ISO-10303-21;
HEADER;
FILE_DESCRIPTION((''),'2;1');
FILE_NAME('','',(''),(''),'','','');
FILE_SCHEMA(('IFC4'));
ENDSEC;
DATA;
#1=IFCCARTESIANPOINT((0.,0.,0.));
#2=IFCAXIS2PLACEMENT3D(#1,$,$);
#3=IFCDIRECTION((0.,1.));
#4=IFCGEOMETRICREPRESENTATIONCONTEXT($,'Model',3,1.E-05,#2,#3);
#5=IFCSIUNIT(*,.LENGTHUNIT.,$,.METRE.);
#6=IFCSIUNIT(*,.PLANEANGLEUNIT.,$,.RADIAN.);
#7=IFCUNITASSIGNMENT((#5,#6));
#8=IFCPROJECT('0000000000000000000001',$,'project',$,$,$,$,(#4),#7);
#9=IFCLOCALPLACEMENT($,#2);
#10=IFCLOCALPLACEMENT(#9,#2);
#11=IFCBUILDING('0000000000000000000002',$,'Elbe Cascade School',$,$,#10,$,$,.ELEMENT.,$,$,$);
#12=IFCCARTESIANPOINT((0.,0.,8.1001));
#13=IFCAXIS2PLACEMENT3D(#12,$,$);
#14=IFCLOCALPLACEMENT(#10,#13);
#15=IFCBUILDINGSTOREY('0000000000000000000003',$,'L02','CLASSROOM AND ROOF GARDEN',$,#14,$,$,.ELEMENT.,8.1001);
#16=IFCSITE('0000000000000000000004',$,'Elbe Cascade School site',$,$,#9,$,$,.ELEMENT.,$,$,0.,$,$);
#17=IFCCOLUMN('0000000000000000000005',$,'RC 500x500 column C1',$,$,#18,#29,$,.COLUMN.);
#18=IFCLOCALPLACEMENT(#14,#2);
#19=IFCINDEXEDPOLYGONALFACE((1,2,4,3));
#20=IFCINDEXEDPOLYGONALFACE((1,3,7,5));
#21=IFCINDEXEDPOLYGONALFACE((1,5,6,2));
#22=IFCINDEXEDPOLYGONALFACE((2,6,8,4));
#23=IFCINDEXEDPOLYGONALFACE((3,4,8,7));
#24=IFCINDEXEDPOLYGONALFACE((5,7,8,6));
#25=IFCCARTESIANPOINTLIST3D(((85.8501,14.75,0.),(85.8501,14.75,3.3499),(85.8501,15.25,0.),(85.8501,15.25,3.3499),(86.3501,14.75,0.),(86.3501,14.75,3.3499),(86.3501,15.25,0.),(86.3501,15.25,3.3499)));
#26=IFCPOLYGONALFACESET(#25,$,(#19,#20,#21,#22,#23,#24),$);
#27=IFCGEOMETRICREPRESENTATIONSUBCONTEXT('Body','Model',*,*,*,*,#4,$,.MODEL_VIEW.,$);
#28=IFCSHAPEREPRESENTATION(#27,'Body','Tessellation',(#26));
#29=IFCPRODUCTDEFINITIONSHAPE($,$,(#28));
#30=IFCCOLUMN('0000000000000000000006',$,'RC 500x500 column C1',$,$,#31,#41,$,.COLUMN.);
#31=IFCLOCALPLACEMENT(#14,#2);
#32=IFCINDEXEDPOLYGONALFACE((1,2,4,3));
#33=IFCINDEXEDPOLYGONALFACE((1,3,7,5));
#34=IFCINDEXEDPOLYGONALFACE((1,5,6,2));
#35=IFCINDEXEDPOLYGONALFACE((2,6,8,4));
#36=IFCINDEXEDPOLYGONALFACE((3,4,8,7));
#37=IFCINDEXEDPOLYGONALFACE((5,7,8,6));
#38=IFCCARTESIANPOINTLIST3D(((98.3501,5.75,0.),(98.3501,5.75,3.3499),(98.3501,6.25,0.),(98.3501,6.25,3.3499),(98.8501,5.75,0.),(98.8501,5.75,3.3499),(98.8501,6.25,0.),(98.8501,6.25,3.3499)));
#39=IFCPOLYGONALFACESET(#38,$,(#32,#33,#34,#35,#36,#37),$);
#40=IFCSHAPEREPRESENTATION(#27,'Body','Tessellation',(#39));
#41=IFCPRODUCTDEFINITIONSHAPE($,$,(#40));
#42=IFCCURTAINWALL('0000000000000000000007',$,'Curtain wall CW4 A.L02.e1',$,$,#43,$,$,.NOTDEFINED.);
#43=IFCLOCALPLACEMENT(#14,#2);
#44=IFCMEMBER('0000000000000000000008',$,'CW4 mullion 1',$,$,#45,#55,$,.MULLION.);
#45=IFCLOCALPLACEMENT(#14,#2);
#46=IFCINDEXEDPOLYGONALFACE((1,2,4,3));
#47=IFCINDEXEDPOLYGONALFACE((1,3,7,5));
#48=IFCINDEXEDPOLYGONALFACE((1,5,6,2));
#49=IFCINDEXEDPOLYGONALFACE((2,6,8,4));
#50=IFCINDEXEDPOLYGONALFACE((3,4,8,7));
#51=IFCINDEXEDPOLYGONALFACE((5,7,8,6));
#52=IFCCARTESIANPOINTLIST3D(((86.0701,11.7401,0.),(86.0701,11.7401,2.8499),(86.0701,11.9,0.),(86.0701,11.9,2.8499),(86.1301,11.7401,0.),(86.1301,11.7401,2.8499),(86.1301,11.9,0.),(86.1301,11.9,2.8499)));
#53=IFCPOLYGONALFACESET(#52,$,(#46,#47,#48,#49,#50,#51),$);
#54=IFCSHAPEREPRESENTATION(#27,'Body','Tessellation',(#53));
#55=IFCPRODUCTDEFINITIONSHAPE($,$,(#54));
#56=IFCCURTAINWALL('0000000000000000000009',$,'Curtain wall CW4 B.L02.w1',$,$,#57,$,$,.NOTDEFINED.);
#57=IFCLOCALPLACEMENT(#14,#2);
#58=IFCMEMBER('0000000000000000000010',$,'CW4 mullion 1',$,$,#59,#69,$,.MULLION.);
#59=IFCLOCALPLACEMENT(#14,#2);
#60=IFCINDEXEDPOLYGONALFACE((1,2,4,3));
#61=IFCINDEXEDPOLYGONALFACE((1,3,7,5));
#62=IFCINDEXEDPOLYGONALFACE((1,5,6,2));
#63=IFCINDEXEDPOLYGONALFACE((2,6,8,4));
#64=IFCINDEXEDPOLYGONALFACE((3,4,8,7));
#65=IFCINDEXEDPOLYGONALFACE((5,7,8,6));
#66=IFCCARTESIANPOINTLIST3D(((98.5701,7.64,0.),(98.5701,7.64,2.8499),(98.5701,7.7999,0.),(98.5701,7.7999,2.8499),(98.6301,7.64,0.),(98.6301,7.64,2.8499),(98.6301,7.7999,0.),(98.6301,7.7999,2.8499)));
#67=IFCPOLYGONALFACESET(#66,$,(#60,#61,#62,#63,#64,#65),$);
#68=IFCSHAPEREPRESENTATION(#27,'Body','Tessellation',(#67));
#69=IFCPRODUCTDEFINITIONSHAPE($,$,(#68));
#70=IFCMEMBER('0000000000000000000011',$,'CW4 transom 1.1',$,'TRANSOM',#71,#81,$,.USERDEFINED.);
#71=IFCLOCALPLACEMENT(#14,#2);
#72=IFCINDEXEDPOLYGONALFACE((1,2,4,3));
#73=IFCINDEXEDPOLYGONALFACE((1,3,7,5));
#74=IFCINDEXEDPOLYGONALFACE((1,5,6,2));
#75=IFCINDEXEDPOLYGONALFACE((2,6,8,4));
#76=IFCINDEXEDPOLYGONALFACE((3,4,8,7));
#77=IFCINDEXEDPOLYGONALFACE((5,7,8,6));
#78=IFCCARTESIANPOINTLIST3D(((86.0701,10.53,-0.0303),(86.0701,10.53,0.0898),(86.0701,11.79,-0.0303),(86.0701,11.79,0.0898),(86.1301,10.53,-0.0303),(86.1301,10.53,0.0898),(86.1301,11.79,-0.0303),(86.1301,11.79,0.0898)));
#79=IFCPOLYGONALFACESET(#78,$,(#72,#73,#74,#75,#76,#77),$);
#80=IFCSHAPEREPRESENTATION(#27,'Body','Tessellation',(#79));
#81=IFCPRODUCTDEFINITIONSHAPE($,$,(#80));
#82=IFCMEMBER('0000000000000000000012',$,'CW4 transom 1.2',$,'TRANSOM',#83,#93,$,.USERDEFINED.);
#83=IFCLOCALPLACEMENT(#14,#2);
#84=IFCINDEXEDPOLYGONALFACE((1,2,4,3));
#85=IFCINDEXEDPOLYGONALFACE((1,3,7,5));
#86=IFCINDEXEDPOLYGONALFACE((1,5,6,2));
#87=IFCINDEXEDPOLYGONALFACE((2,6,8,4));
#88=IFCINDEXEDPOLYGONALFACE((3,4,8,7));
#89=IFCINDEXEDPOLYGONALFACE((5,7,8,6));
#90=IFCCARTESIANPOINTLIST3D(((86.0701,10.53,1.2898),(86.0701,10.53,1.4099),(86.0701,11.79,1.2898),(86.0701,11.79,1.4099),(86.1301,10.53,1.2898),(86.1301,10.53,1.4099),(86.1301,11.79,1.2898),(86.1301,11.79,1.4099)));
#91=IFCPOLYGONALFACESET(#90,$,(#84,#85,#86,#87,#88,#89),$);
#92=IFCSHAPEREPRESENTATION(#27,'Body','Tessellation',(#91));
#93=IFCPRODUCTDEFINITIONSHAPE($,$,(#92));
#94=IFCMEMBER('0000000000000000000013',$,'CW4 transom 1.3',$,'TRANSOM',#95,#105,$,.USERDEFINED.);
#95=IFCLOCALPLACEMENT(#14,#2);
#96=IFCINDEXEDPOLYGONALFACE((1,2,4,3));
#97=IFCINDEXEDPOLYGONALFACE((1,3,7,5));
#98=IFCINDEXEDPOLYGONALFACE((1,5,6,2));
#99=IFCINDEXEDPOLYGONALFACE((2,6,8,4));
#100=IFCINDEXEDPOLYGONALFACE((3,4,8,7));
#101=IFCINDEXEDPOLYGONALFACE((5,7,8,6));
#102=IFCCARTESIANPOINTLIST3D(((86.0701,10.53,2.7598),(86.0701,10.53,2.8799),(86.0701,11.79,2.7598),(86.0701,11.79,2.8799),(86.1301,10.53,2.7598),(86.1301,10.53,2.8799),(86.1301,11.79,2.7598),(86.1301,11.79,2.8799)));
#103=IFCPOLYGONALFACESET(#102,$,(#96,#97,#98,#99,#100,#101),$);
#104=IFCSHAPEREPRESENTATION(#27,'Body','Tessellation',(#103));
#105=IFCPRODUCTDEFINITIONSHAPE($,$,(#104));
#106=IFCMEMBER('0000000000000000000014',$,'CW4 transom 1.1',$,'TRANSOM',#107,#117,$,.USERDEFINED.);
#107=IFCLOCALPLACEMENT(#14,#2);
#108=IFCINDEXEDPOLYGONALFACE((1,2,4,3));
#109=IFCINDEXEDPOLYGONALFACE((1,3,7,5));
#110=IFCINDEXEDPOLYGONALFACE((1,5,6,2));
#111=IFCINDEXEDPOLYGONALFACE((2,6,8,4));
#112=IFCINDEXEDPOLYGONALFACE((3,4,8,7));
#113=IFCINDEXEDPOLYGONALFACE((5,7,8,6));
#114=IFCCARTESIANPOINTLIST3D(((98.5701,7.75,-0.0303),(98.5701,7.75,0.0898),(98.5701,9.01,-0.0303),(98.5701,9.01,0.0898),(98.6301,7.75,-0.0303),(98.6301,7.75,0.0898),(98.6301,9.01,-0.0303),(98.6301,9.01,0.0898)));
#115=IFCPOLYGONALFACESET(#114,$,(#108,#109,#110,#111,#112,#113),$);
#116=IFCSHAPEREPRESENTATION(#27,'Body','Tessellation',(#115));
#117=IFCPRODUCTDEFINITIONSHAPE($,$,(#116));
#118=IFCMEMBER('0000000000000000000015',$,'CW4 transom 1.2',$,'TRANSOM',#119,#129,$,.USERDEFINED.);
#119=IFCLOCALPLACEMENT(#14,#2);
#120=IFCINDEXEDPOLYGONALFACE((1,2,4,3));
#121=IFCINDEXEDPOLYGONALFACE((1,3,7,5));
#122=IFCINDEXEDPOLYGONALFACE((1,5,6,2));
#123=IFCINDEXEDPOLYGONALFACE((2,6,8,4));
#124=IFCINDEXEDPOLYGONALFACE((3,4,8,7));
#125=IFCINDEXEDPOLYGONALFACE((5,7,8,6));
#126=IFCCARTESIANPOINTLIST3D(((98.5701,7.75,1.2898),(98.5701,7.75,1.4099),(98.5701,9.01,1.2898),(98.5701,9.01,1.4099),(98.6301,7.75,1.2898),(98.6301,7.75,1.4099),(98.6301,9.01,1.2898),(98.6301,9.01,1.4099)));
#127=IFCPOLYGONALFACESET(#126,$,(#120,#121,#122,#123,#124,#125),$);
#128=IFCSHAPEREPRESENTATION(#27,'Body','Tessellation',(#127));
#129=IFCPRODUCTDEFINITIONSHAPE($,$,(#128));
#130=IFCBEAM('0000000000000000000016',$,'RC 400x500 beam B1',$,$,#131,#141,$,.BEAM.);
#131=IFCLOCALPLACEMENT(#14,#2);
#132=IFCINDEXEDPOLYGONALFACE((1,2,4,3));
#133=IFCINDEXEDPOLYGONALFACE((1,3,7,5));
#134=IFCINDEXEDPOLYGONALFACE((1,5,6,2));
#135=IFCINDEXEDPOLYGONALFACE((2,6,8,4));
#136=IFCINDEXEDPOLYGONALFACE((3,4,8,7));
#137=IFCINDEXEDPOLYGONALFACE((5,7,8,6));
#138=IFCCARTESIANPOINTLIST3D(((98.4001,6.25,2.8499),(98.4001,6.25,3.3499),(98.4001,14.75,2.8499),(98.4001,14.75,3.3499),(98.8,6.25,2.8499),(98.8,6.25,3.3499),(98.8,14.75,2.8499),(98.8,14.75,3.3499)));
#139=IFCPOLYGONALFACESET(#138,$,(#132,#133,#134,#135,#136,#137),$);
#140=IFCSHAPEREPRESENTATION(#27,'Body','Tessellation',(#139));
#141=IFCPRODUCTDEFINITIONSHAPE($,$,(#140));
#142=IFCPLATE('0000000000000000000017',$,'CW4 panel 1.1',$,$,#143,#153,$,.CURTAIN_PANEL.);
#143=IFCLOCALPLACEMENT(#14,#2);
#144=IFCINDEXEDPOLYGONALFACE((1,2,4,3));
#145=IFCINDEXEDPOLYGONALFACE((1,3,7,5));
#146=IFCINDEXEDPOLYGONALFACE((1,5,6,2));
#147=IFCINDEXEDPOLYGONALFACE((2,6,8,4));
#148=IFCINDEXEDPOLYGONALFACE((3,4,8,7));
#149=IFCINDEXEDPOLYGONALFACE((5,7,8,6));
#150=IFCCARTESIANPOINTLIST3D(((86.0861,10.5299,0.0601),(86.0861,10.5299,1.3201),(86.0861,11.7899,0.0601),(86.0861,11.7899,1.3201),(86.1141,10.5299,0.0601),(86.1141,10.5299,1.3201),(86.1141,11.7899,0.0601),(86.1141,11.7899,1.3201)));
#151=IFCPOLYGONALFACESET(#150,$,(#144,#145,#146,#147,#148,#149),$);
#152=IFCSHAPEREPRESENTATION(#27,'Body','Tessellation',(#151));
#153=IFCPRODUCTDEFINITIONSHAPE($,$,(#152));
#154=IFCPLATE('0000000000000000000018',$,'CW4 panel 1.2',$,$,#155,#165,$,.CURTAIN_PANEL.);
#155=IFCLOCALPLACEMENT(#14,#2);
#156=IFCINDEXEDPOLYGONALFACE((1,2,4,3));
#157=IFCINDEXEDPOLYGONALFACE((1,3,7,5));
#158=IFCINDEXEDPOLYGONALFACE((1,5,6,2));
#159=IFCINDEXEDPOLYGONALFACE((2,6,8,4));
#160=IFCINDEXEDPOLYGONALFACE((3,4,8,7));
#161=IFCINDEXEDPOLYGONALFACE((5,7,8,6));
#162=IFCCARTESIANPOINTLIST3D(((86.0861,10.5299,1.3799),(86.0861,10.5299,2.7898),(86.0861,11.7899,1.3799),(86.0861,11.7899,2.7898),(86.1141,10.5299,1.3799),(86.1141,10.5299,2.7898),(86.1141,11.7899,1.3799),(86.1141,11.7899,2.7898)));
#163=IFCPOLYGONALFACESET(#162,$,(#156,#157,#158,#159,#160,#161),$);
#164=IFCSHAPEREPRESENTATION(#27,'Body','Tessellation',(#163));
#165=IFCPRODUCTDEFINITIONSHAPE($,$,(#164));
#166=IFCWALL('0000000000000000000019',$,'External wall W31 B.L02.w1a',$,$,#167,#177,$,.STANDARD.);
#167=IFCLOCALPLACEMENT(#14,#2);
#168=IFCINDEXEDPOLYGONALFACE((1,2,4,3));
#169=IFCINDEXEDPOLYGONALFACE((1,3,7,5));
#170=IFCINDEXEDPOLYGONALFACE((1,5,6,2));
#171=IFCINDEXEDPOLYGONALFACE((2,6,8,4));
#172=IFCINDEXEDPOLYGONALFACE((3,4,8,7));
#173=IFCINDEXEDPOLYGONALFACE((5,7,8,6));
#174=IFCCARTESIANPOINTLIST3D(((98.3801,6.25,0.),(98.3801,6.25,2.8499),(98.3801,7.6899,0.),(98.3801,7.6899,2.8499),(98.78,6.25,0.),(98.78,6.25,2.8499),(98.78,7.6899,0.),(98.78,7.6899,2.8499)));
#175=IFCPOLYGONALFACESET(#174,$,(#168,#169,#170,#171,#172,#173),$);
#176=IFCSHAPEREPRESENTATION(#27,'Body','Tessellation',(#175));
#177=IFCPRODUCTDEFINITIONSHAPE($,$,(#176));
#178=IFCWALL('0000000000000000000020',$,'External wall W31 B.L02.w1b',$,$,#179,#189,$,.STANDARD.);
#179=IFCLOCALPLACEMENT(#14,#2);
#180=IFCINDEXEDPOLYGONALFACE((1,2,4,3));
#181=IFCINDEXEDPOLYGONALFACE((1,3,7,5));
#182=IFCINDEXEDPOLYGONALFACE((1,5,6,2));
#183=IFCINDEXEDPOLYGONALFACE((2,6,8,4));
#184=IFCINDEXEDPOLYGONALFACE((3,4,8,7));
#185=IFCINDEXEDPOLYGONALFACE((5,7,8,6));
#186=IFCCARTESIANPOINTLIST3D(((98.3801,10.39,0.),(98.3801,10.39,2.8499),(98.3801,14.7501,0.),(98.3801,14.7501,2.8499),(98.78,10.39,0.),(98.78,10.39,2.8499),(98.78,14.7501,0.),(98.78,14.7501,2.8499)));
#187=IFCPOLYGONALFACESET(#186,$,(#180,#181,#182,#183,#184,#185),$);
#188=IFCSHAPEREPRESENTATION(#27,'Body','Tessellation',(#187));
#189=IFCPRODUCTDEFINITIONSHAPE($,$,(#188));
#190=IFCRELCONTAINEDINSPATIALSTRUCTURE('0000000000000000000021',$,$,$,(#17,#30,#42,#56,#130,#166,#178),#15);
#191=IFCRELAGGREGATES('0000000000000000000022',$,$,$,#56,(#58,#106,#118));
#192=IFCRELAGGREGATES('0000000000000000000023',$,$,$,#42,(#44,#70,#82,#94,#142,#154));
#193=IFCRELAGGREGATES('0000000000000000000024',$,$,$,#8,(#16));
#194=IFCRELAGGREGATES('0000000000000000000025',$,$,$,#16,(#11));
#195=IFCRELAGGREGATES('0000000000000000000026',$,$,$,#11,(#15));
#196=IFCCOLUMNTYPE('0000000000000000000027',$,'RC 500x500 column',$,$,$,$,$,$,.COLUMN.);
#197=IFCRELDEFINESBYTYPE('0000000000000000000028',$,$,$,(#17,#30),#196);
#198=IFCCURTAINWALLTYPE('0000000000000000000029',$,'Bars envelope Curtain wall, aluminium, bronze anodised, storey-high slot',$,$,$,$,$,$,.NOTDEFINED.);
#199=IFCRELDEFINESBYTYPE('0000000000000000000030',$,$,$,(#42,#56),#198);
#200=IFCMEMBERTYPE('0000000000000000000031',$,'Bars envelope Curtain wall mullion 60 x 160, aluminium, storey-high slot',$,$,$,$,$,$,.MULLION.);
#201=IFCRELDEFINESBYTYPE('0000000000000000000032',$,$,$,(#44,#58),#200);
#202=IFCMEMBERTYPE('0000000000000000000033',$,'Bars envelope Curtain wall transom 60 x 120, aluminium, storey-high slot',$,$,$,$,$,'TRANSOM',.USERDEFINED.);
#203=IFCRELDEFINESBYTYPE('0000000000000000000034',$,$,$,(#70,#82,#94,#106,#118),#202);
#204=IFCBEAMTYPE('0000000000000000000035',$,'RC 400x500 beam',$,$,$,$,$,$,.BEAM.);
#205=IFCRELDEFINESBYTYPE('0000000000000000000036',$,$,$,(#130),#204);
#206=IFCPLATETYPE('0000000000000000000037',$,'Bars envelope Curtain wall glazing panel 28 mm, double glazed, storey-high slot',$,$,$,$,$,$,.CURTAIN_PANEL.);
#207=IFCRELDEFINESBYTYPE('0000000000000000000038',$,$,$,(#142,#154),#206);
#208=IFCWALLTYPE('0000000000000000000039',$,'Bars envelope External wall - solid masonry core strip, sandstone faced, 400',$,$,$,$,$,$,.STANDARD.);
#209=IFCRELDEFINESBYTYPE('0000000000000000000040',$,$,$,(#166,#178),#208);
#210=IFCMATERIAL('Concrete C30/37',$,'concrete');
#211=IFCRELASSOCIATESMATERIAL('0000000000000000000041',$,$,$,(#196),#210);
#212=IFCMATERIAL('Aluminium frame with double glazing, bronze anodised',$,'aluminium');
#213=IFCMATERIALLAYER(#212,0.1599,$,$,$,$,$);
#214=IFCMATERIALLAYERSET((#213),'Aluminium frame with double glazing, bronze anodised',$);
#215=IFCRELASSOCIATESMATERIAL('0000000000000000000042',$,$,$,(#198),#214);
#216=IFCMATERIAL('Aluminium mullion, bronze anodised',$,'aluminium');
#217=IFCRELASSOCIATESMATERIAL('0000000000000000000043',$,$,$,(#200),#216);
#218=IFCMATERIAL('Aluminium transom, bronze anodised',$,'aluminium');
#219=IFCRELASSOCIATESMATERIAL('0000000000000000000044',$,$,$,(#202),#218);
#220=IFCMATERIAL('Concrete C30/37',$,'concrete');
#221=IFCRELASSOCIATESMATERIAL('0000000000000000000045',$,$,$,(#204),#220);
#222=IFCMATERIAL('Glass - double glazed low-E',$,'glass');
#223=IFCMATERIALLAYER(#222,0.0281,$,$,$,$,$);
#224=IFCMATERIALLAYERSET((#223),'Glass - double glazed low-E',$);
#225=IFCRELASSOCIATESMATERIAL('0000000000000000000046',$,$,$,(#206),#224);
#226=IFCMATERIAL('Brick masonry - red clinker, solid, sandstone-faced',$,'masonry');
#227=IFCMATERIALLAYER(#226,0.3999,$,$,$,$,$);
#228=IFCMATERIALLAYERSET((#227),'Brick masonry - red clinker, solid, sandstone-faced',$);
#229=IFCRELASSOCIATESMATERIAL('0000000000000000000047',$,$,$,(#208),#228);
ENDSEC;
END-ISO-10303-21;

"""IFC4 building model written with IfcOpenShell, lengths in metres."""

from ifc_helpers import new_model, si_unit, direction, frame, frame_2d, origin, origin_2d, place, context, subcontext, project, spatial, rectangle, extrude, material, layer, layer_set, material_profile, profile_set, type_object, element, aggregate, save


model = new_model("IFC4")

# Units and contexts
model_context = context("Model", 3, precision=1e-05, world=origin(), true_north=direction((0.0, 1.0)))
body_context = subcontext(model_context, "Body", "Model", "MODEL_VIEW")
ifc_project = project(units=[si_unit("LENGTHUNIT", "METRE"), si_unit("PLANEANGLEUNIT", "RADIAN")], contexts=[model_context])

# Site, building, storey
site_placement = place(None, origin())
site = spatial("IfcSite", under=ifc_project, at=site_placement, Name="Elbe Cascade School site", CompositionType="ELEMENT", RefElevation=0.0)
building_placement = place(site_placement, origin())
building = spatial("IfcBuilding", under=site, at=building_placement, Name="Elbe Cascade School", CompositionType="ELEMENT")
storey_placement = place(building_placement, frame((0.0, 0.0, 8.1001)))
storey = spatial("IfcBuildingStorey", under=building, at=storey_placement, Name="L02", Description="CLASSROOM AND ROOF GARDEN", CompositionType="ELEMENT", Elevation=8.1001)

# Columns
ifc_material_1 = material(Name="Concrete C30/37", Category="concrete")
ifc_material_profile_1 = material_profile(ifc_material_1, rectangle(XDim=0.5, YDim=0.5, at=origin_2d()), Name="RC 500x500")
ifc_profile_set_1 = profile_set([ifc_material_profile_1], Name="Concrete C30/37")
column_type = type_object("IfcColumnType", Name="RC 500x500 column", PredefinedType="COLUMN", material=ifc_profile_set_1)
for number, where, z_axis, x_axis, name in (
    (1, (86.1001, 15.0, 0.0), (0.0, 0.0, 1.0), (1.0, 0.0, 0.0), "RC 500x500 column C1"),
    (2, (98.6001, 6.0, 0.0), (0.0, 0.0, 1.0), (1.0, 0.0, 0.0), "RC 500x500 column C1"),
):
    element("IfcColumn", number, at=place(storey_placement, frame(where, z_axis=z_axis, x_axis=x_axis)), inside=storey, type_object=column_type, Name=name, PredefinedType="COLUMN", context=body_context, shape_type="SweptSolid", body=[
        extrude(rectangle(XDim=0.5, YDim=0.5, at=origin_2d()), origin(), (0.0, 0.0, 1.0), 3.3499),
    ])

# Curtain walls, members
ifc_material_2 = material(Name="Aluminium frame with double glazing, bronze anodised", Category="aluminium")
ifc_layer_1 = layer(ifc_material_2, 0.1599)
ifc_layer_set_1 = layer_set([ifc_layer_1], Name="Aluminium frame with double glazing, bronze anodised")
curtain_wall_type = type_object("IfcCurtainWallType", Name="Bars envelope Curtain wall, aluminium, bronze anodised, storey-high slot", PredefinedType="NOTDEFINED", material=ifc_layer_set_1)
curtain_wall_1_placement = place(storey_placement, origin())
curtain_wall_1 = element("IfcCurtainWall", 3, at=curtain_wall_1_placement, inside=storey, type_object=curtain_wall_type, Name="Curtain wall CW4 A.L02.e1", PredefinedType="NOTDEFINED")
ifc_material_3 = material(Name="Aluminium mullion, bronze anodised", Category="aluminium")
ifc_material_profile_2 = material_profile(ifc_material_3, rectangle(XDim=0.0601, YDim=0.1599, at=origin_2d()), Name="Bars envelope Curtain wall mullion 60 x 160, aluminium, storey-high slot")
ifc_profile_set_2 = profile_set([ifc_material_profile_2], Name="Aluminium mullion, bronze anodised")
member_type_1 = type_object("IfcMemberType", Name="Bars envelope Curtain wall mullion 60 x 160, aluminium, storey-high slot", PredefinedType="MULLION", material=ifc_profile_set_2)
member_1_placement = place(storey_placement, frame((86.1001, 11.8201, 0.0), z_axis=(0.0, 0.0, 1.0), x_axis=(1.0, 0.0, 0.0)))
member_1 = element("IfcMember", 4, at=member_1_placement, type_object=member_type_1, Name="CW4 mullion 1", PredefinedType="MULLION", context=body_context, shape_type="SweptSolid", body=[
    extrude(rectangle(XDim=0.0601, YDim=0.1599, at=origin_2d()), origin(), (0.0, 0.0, 1.0), 2.8499),
])
curtain_wall_2_placement = place(storey_placement, origin())
curtain_wall_2 = element("IfcCurtainWall", 5, at=curtain_wall_2_placement, inside=storey, type_object=curtain_wall_type, Name="Curtain wall CW4 B.L02.w1", PredefinedType="NOTDEFINED")
member_2_placement = place(storey_placement, frame((98.6001, 7.72, 0.0), z_axis=(0.0, 0.0, 1.0), x_axis=(-1.0, 0.0, 0.0)))
member_2 = element("IfcMember", 6, at=member_2_placement, type_object=member_type_1, Name="CW4 mullion 1", PredefinedType="MULLION", context=body_context, shape_type="SweptSolid", body=[
    extrude(rectangle(XDim=0.0601, YDim=0.1599, at=origin_2d()), origin(), (0.0, 0.0, 1.0), 2.8499),
])

# Members
ifc_material_4 = material(Name="Aluminium transom, bronze anodised", Category="aluminium")
ifc_material_profile_3 = material_profile(ifc_material_4, rectangle(XDim=0.0601, YDim=0.1201, at=origin_2d()), Name="Bars envelope Curtain wall transom 60 x 120, aluminium, storey-high slot")
ifc_profile_set_3 = profile_set([ifc_material_profile_3], Name="Aluminium transom, bronze anodised")
member_type_2 = type_object("IfcMemberType", Name="Bars envelope Curtain wall transom 60 x 120, aluminium, storey-high slot", ElementType="TRANSOM", PredefinedType="USERDEFINED", material=ifc_profile_set_3)
member_3_placement = place(storey_placement, frame((86.1001, 11.79, 0.0298), z_axis=(0.0, -1.0, 0.0), x_axis=(1.0, 0.0, 0.0)))
member_3 = element("IfcMember", 7, at=member_3_placement, type_object=member_type_2, Name="CW4 transom 1.1", ObjectType="TRANSOM", PredefinedType="USERDEFINED", context=body_context, shape_type="SweptSolid", body=[
    extrude(rectangle(XDim=0.0601, YDim=0.1201, at=origin_2d()), origin(), (0.0, 0.0, 1.0), 1.26),
])
member_4_placement = place(storey_placement, frame((86.1001, 11.79, 1.3499), z_axis=(0.0, -1.0, 0.0), x_axis=(1.0, 0.0, 0.0)))
member_4 = element("IfcMember", 8, at=member_4_placement, type_object=member_type_2, Name="CW4 transom 1.2", ObjectType="TRANSOM", PredefinedType="USERDEFINED", context=body_context, shape_type="SweptSolid", body=[
    extrude(rectangle(XDim=0.0601, YDim=0.1201, at=origin_2d()), origin(), (0.0, 0.0, 1.0), 1.26),
])
member_5_placement = place(storey_placement, frame((86.1001, 11.79, 2.8198), z_axis=(0.0, -1.0, 0.0), x_axis=(1.0, 0.0, 0.0)))
member_5 = element("IfcMember", 9, at=member_5_placement, type_object=member_type_2, Name="CW4 transom 1.3", ObjectType="TRANSOM", PredefinedType="USERDEFINED", context=body_context, shape_type="SweptSolid", body=[
    extrude(rectangle(XDim=0.0601, YDim=0.1201, at=origin_2d()), origin(), (0.0, 0.0, 1.0), 1.26),
])
member_6_placement = place(storey_placement, frame((98.6001, 7.75, 0.0298), z_axis=(0.0, 1.0, 0.0), x_axis=(-1.0, 0.0, 0.0)))
member_6 = element("IfcMember", 10, at=member_6_placement, type_object=member_type_2, Name="CW4 transom 1.1", ObjectType="TRANSOM", PredefinedType="USERDEFINED", context=body_context, shape_type="SweptSolid", body=[
    extrude(rectangle(XDim=0.0601, YDim=0.1201, at=origin_2d()), origin(), (0.0, 0.0, 1.0), 1.26),
])
member_7_placement = place(storey_placement, frame((98.6001, 7.75, 1.3499), z_axis=(0.0, 1.0, 0.0), x_axis=(-1.0, 0.0, 0.0)))
member_7 = element("IfcMember", 11, at=member_7_placement, type_object=member_type_2, Name="CW4 transom 1.2", ObjectType="TRANSOM", PredefinedType="USERDEFINED", context=body_context, shape_type="SweptSolid", body=[
    extrude(rectangle(XDim=0.0601, YDim=0.1201, at=origin_2d()), origin(), (0.0, 0.0, 1.0), 1.26),
])
aggregate(curtain_wall_2, [member_2, member_6, member_7])

# Beam
ifc_material_5 = material(Name="Concrete C30/37", Category="concrete")
ifc_material_profile_4 = material_profile(ifc_material_5, rectangle(XDim=0.3999, YDim=0.5, at=origin_2d()), Name="RC 400x500")
ifc_profile_set_4 = profile_set([ifc_material_profile_4], Name="Concrete C30/37")
beam_type = type_object("IfcBeamType", Name="RC 400x500 beam", PredefinedType="BEAM", material=ifc_profile_set_4)
beam_placement = place(storey_placement, frame((98.6001, 6.25, 3.0999), z_axis=(0.0, 1.0, 0.0), x_axis=(-1.0, 0.0, 0.0)))
element("IfcBeam", 12, at=beam_placement, inside=storey, type_object=beam_type, Name="RC 400x500 beam B1", PredefinedType="BEAM", context=body_context, shape_type="SweptSolid", body=[
    extrude(rectangle(XDim=0.3999, YDim=0.5, at=origin_2d()), origin(), (0.0, 0.0, 1.0), 8.5),
])

# Plates
ifc_material_6 = material(Name="Glass - double glazed low-E", Category="glass")
ifc_layer_2 = layer(ifc_material_6, 0.0281)
ifc_layer_set_2 = layer_set([ifc_layer_2], Name="Glass - double glazed low-E")
plate_type = type_object("IfcPlateType", Name="Bars envelope Curtain wall glazing panel 28 mm, double glazed, storey-high slot", PredefinedType="CURTAIN_PANEL", material=ifc_layer_set_2)
plate_1_placement = place(storey_placement, frame((86.1001, 11.1599, 0.0601), z_axis=(0.0, 0.0, 1.0), x_axis=(0.0, -1.0, 0.0)))
plate_1 = element("IfcPlate", 13, at=plate_1_placement, type_object=plate_type, Name="CW4 panel 1.1", PredefinedType="CURTAIN_PANEL", context=body_context, shape_type="SweptSolid", body=[
    extrude(rectangle(XDim=1.26, YDim=0.0281, at=origin_2d()), origin(), (0.0, 0.0, 1.0), 1.26),
])
plate_2_placement = place(storey_placement, frame((86.1001, 11.1599, 1.3799), z_axis=(0.0, 0.0, 1.0), x_axis=(0.0, -1.0, 0.0)))
plate_2 = element("IfcPlate", 14, at=plate_2_placement, type_object=plate_type, Name="CW4 panel 1.2", PredefinedType="CURTAIN_PANEL", context=body_context, shape_type="SweptSolid", body=[
    extrude(rectangle(XDim=1.26, YDim=0.0281, at=origin_2d()), origin(), (0.0, 0.0, 1.0), 1.4099),
])
aggregate(curtain_wall_1, [member_1, member_3, member_4, member_5, plate_1, plate_2])

# Walls
ifc_material_7 = material(Name="Brick masonry - red clinker, solid, sandstone-faced", Category="masonry")
ifc_layer_3 = layer(ifc_material_7, 0.3999)
ifc_layer_set_3 = layer_set([ifc_layer_3], Name="Brick masonry - red clinker, solid, sandstone-faced")
wall_type = type_object("IfcWallType", Name="Bars envelope External wall - solid masonry core strip, sandstone faced, 400", PredefinedType="STANDARD", material=ifc_layer_set_3)
wall_1_placement = place(storey_placement, frame((98.5801, 6.25, 0.0), z_axis=(0.0, 0.0, 1.0), x_axis=(0.0, 1.0, 0.0)))
element("IfcWall", 15, at=wall_1_placement, inside=storey, type_object=wall_type, Name="External wall W31 B.L02.w1a", PredefinedType="STANDARD", context=body_context, shape_type="SweptSolid", body=[
    extrude(rectangle(XDim=1.4399, YDim=0.3999, at=frame_2d((0.72, 0.0))), origin(), (0.0, 0.0, 1.0), 2.8499),
])
wall_2_placement = place(storey_placement, frame((98.5801, 10.3899, 0.0), z_axis=(0.0, 0.0, 1.0), x_axis=(0.0, 1.0, 0.0)))
element("IfcWall", 16, at=wall_2_placement, inside=storey, type_object=wall_type, Name="External wall W31 B.L02.w1b", PredefinedType="STANDARD", context=body_context, shape_type="SweptSolid", body=[
    extrude(rectangle(XDim=4.3601, YDim=0.3999, at=frame_2d((2.1802, 0.0))), origin(), (0.0, 0.0, 1.0), 2.8499),
])

save(model, "model.ifc")
